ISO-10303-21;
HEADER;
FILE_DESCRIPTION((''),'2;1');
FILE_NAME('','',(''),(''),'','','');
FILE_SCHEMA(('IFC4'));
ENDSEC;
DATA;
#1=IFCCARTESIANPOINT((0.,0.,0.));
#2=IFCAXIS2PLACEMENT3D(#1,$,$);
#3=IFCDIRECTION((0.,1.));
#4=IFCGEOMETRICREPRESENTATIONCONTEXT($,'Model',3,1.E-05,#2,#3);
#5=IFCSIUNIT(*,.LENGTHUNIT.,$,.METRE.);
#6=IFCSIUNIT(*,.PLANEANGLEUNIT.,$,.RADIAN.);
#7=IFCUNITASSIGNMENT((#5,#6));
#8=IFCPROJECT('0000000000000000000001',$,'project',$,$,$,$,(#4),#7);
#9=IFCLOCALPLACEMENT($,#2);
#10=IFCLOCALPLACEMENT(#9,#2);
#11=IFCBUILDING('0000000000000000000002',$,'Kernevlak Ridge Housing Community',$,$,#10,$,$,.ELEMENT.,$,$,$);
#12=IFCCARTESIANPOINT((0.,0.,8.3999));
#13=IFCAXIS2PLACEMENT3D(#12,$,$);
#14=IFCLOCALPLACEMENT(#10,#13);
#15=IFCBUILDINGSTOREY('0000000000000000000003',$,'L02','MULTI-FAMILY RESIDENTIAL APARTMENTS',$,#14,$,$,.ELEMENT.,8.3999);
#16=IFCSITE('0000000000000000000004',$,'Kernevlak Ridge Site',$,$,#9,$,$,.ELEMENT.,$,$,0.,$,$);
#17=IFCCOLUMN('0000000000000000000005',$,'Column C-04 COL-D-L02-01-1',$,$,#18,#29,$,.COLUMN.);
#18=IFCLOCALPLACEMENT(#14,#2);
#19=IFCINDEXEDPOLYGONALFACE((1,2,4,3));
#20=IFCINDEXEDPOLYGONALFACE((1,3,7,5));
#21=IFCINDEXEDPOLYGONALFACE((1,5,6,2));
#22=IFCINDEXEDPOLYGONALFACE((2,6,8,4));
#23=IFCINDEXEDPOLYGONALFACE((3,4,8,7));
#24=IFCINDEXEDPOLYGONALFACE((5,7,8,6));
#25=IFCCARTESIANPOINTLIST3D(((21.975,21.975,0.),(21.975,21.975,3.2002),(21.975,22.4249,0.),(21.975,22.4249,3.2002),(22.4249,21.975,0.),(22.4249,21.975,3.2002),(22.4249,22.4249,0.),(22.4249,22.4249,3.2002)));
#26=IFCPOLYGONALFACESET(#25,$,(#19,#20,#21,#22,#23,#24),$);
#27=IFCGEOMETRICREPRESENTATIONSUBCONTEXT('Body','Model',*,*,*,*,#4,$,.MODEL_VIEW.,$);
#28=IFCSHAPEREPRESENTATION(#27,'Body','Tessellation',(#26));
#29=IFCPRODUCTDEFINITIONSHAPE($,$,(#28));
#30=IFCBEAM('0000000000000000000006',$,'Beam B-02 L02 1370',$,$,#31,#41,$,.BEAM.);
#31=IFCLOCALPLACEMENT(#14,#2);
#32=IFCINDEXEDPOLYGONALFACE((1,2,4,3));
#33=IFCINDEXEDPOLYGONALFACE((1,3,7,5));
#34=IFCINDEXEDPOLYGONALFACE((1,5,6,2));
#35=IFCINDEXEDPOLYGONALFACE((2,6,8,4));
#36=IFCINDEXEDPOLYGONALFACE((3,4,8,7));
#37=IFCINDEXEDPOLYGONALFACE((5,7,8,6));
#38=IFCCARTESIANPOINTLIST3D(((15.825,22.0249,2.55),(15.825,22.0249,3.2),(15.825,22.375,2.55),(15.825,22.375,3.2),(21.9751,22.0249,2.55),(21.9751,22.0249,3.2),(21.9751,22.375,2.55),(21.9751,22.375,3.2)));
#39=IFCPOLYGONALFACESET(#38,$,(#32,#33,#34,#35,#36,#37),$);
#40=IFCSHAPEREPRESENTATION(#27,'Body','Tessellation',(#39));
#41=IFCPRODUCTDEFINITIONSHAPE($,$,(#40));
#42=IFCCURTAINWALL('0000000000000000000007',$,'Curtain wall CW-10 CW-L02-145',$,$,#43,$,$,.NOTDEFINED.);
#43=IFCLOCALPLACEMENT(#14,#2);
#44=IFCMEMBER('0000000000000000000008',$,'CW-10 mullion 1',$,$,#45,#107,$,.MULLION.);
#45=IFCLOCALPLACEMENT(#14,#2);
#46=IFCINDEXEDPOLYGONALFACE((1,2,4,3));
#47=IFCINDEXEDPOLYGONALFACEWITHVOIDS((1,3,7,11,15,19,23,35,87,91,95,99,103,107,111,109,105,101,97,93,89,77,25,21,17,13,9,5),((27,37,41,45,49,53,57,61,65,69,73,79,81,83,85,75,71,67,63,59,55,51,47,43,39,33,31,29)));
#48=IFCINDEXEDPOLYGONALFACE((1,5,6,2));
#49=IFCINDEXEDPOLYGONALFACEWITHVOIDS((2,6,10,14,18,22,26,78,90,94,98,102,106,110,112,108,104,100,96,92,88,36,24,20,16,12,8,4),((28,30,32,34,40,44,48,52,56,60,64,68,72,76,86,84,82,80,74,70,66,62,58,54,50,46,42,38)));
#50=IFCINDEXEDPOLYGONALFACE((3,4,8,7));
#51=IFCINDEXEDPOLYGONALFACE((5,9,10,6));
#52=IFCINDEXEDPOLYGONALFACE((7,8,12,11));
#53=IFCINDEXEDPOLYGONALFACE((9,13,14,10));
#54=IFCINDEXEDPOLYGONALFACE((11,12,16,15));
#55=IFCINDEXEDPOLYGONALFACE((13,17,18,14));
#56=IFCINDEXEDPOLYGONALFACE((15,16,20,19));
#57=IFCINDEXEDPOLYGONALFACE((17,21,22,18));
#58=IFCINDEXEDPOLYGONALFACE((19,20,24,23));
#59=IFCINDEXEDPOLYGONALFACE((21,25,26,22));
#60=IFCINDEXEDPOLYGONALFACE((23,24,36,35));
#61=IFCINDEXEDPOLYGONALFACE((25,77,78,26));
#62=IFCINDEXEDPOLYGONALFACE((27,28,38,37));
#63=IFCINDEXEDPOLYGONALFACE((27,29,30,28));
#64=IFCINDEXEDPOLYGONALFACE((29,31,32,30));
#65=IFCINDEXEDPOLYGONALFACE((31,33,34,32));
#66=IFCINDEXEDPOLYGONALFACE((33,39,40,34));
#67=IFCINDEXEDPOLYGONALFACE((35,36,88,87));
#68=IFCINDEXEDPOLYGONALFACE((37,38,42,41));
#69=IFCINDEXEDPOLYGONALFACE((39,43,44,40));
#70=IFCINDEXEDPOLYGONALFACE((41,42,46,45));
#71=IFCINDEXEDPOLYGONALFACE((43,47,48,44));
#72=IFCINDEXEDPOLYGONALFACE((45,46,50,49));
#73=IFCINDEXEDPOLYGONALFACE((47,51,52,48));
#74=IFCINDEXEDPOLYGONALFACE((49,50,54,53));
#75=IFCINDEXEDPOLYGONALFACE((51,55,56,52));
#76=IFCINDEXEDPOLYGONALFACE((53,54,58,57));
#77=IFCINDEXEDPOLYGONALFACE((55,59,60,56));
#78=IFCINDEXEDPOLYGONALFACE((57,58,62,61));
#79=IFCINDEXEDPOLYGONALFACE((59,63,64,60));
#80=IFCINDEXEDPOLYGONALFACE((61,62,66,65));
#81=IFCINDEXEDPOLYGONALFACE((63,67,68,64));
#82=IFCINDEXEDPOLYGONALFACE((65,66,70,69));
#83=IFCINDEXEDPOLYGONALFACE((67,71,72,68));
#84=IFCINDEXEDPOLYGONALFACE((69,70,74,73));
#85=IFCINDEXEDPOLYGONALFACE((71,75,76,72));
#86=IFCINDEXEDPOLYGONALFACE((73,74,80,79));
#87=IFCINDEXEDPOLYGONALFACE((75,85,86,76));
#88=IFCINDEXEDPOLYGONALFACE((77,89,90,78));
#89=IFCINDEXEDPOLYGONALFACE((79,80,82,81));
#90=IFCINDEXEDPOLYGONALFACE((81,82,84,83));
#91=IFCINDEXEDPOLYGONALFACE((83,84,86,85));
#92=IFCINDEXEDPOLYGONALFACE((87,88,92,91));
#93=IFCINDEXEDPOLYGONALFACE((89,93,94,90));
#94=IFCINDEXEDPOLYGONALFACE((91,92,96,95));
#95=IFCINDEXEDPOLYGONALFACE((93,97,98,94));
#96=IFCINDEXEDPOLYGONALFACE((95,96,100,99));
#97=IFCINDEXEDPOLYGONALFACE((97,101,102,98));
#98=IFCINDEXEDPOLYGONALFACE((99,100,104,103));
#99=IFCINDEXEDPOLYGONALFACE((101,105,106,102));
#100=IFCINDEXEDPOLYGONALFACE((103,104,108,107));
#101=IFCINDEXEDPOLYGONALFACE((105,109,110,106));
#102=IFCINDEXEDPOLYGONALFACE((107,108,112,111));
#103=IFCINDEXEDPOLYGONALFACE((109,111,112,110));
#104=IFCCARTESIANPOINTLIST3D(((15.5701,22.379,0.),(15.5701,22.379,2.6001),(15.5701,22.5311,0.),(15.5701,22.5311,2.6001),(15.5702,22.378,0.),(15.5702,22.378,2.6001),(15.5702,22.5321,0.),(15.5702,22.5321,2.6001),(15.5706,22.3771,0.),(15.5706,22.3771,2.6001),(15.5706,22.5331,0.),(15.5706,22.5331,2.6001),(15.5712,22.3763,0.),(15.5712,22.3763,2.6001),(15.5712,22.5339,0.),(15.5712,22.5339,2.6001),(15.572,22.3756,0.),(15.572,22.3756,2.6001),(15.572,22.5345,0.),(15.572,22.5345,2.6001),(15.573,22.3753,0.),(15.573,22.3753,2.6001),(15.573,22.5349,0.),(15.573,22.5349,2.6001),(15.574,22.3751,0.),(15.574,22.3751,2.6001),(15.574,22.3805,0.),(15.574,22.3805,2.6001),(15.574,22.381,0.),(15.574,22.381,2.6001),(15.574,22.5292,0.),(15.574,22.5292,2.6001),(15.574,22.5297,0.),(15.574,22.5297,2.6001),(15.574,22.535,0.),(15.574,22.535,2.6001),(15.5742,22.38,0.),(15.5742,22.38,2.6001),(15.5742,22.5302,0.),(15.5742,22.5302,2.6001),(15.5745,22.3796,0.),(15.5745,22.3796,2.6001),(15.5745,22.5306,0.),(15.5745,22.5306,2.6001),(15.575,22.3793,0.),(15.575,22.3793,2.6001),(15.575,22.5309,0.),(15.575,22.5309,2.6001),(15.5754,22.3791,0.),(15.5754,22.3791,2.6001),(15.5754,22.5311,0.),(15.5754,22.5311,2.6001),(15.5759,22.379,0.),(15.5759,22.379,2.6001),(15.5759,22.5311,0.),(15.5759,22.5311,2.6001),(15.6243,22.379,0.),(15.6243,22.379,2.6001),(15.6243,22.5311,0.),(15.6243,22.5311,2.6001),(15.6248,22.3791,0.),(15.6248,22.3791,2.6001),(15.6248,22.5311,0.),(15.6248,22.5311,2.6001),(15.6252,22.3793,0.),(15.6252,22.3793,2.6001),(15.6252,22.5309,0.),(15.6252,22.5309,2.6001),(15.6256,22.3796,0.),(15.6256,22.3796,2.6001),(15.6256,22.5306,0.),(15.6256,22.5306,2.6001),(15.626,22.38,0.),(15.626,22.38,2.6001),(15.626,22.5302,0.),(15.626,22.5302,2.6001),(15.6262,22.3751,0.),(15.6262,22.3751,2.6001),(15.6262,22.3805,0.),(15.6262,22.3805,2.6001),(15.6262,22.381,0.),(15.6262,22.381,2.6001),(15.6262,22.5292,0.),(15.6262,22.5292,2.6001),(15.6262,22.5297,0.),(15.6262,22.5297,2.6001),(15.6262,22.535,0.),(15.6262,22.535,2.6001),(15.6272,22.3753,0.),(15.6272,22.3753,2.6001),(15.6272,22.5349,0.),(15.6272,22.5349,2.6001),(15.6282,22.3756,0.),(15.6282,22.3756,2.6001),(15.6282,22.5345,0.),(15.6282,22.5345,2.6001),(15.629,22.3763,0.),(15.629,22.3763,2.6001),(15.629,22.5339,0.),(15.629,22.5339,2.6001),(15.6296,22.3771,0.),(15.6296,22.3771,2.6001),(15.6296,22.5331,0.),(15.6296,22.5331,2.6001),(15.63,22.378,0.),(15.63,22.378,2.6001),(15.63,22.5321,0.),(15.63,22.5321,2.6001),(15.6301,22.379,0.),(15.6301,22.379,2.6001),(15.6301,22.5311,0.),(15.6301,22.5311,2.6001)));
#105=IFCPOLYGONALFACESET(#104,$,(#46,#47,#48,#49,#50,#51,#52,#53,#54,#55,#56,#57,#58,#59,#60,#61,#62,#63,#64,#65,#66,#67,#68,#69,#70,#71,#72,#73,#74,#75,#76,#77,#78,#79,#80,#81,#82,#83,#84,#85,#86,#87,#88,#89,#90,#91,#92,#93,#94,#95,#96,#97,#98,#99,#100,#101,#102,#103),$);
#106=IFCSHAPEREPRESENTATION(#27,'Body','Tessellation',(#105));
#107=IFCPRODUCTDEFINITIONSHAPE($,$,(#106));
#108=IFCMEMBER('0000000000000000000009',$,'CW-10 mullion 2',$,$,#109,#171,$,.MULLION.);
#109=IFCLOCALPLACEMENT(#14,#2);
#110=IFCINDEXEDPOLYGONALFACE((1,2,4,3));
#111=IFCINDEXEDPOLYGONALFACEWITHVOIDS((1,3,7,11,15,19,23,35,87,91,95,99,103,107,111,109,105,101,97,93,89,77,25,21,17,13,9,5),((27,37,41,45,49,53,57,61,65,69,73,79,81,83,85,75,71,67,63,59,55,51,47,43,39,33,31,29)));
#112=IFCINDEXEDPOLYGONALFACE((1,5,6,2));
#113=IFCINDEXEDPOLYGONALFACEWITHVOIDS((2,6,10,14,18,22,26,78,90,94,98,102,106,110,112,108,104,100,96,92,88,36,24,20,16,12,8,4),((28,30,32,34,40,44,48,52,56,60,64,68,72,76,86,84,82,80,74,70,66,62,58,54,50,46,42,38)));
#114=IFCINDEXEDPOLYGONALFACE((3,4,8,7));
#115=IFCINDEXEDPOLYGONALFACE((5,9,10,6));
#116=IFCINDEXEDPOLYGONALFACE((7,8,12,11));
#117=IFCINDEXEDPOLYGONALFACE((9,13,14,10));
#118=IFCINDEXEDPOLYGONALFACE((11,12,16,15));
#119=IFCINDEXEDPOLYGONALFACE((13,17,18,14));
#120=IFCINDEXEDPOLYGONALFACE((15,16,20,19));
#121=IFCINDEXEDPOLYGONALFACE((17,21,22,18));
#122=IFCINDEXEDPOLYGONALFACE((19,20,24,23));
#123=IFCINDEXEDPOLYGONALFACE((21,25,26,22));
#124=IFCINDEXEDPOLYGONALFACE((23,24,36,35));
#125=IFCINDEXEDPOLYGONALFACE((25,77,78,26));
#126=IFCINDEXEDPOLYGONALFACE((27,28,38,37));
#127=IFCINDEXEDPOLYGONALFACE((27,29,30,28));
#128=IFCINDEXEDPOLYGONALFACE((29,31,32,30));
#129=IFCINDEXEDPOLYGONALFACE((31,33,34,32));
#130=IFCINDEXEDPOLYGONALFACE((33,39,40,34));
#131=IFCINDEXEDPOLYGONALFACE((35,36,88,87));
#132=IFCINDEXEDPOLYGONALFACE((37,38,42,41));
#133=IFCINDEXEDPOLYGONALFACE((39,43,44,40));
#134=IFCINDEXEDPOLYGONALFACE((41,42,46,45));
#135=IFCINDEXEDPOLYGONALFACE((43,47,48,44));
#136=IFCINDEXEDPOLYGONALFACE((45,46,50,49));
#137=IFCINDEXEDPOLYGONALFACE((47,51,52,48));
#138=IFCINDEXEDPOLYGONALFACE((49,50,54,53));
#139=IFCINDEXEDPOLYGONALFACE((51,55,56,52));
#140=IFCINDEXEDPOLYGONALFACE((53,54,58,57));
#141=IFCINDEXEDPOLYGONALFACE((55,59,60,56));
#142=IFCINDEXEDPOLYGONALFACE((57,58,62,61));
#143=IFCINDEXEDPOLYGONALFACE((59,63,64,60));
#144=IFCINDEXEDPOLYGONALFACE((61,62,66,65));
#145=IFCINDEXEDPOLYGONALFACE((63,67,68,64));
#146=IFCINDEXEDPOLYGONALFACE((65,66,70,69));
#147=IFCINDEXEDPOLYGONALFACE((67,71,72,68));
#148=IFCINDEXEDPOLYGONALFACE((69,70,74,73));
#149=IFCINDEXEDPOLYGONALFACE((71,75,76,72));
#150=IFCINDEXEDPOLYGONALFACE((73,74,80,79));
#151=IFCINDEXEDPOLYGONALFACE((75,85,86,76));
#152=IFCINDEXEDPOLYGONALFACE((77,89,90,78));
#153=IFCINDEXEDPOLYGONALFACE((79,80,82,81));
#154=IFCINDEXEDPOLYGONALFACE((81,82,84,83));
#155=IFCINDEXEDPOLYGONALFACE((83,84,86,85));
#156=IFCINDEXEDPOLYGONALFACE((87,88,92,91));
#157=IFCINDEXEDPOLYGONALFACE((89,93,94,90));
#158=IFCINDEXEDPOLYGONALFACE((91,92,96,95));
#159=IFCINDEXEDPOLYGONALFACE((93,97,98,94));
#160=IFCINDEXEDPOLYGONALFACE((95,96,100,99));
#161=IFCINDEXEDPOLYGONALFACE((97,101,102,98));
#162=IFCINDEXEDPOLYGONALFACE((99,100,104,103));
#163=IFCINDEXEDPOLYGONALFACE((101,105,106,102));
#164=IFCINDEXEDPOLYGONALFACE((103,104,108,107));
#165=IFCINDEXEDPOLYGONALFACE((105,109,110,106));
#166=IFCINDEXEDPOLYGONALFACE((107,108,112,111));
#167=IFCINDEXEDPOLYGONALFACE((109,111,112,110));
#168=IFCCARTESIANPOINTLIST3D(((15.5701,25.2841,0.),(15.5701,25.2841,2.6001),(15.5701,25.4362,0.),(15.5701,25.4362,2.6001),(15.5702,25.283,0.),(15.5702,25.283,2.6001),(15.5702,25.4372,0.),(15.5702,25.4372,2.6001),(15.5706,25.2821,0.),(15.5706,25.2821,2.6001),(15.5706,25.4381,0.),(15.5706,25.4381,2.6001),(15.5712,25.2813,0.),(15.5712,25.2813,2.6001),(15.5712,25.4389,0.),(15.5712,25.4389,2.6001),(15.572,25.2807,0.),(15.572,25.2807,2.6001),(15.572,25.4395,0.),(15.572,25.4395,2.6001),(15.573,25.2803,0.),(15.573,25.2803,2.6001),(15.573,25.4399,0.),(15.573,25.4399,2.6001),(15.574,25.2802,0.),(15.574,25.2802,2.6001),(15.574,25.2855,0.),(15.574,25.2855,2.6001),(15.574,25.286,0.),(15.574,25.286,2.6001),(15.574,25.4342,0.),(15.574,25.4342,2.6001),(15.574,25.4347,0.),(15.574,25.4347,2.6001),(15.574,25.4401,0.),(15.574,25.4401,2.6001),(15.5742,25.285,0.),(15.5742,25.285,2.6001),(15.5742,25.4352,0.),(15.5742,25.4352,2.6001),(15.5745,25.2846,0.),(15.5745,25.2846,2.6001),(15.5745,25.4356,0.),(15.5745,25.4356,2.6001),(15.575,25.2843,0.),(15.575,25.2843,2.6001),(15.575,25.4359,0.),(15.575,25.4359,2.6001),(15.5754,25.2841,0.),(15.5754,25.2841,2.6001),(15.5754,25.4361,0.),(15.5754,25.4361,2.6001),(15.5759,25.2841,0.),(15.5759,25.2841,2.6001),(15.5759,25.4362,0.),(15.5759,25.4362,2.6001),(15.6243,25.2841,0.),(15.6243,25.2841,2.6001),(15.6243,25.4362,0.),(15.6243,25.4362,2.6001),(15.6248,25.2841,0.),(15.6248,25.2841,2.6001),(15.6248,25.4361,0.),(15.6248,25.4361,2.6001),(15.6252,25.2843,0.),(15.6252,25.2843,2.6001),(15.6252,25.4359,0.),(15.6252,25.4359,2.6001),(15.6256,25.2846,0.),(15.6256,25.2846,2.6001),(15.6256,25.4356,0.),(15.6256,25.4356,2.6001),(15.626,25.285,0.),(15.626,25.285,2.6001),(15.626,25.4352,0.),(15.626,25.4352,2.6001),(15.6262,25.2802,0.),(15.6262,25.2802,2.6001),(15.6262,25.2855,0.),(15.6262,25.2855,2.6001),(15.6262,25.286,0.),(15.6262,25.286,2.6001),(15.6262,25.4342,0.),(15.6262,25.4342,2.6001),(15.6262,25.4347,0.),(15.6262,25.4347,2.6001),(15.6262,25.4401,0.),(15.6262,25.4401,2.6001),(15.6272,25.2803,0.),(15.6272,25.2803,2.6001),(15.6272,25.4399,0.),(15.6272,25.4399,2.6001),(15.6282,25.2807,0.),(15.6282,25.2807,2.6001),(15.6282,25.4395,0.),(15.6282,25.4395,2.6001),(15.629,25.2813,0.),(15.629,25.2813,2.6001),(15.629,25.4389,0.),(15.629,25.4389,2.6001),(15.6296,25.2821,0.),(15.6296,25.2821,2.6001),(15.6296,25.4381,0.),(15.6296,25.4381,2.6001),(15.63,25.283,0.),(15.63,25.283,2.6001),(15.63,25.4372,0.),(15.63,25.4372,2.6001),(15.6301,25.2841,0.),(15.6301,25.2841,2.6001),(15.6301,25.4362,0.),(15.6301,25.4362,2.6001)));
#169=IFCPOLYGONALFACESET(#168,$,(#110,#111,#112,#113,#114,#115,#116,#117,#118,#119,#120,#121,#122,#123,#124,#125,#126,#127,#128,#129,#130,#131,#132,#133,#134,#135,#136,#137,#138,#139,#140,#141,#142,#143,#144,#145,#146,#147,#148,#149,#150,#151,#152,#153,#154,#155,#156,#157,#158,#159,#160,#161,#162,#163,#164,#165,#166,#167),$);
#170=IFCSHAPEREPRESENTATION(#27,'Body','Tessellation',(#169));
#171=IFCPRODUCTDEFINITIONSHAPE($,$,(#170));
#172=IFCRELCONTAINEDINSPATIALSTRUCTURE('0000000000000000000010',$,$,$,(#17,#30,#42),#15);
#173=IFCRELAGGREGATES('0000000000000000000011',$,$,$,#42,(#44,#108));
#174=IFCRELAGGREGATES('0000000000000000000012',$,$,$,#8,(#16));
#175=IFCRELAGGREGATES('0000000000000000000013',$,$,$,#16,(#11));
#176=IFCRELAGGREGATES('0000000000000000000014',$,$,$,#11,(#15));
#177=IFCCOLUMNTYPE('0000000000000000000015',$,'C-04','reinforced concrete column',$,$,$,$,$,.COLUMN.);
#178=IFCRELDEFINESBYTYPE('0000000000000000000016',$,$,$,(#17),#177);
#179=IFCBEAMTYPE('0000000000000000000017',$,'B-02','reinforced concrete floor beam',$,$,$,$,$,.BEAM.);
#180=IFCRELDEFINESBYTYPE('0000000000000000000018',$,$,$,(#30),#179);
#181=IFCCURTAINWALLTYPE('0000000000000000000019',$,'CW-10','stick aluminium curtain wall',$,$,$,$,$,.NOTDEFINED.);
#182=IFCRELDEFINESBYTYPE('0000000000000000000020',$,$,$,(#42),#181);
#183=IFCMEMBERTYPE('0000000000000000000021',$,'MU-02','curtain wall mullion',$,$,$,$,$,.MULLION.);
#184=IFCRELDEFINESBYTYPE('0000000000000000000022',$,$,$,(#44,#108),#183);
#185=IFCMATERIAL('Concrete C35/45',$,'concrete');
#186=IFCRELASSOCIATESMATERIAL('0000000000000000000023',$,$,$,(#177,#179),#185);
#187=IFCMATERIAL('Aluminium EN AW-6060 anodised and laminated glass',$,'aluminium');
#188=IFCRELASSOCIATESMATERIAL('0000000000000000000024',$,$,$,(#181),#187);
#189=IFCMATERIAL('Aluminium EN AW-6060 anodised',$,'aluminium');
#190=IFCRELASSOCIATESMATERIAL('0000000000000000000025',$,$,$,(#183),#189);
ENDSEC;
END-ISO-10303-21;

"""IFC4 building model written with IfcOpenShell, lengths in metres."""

from ifc_helpers import new_model, si_unit, direction, frame, origin, origin_2d, place, context, subcontext, project, spatial, rectangle, hollow_rectangle, extrude, material, material_profile, profile_set, type_object, element, aggregate, save


model = new_model("IFC4")

# Units and contexts
model_context = context("Model", 3, precision=1e-05, world=origin(), true_north=direction((0.0, 1.0)))
body_context = subcontext(model_context, "Body", "Model", "MODEL_VIEW")
ifc_project = project(units=[si_unit("LENGTHUNIT", "METRE"), si_unit("PLANEANGLEUNIT", "RADIAN")], contexts=[model_context])

# Site, building, storey
site_placement = place(None, origin())
site = spatial("IfcSite", under=ifc_project, at=site_placement, Name="Kernevlak Ridge Site", CompositionType="ELEMENT", RefElevation=0.0)
building_placement = place(site_placement, origin())
building = spatial("IfcBuilding", under=site, at=building_placement, Name="Kernevlak Ridge Housing Community", CompositionType="ELEMENT")
storey_placement = place(building_placement, frame((0.0, 0.0, 8.3999)))
storey = spatial("IfcBuildingStorey", under=building, at=storey_placement, Name="L02", Description="MULTI-FAMILY RESIDENTIAL APARTMENTS", CompositionType="ELEMENT", Elevation=8.3999)

# Column
ifc_material_1 = material(Name="Concrete C35/45", Category="concrete")
ifc_material_profile_1 = material_profile(ifc_material_1, rectangle(XDim=0.45, YDim=0.45, at=origin_2d()), Name="RC 450x450")
ifc_profile_set_1 = profile_set([ifc_material_profile_1], Name="Concrete C35/45")
column_type = type_object("IfcColumnType", Name="C-04", Description="reinforced concrete column", PredefinedType="COLUMN", material=ifc_profile_set_1)
column_placement = place(storey_placement, frame((22.2, 22.2, 0.0), z_axis=(0.0, 0.0, 1.0), x_axis=(1.0, 0.0, 0.0)))
element("IfcColumn", 1, at=column_placement, inside=storey, type_object=column_type, Name="Column C-04 COL-D-L02-01-1", PredefinedType="COLUMN", context=body_context, shape_type="SweptSolid", body=[
    extrude(rectangle(XDim=0.45, YDim=0.45, at=origin_2d()), origin(), (0.0, 0.0, 1.0), 3.2002),
])

# Beam
ifc_material_profile_2 = material_profile(ifc_material_1, rectangle(XDim=0.3501, YDim=0.6499, at=origin_2d()), Name="RC 350x650")
ifc_profile_set_2 = profile_set([ifc_material_profile_2], Name="Concrete C35/45")
beam_type_1 = type_object("IfcBeamType", Name="B-02", Description="reinforced concrete floor beam", PredefinedType="BEAM", material=ifc_profile_set_2)
beam_1_placement = place(storey_placement, frame((15.825, 22.2, 2.875), z_axis=(1.0, 0.0, 0.0), x_axis=(0.0, 1.0, 0.0)))
element("IfcBeam", 2, at=beam_1_placement, inside=storey, type_object=beam_type_1, Name="Beam B-02 L02 1370", PredefinedType="BEAM", context=body_context, shape_type="SweptSolid", body=[
    extrude(rectangle(XDim=0.3501, YDim=0.6499, at=origin_2d()), origin(), (0.0, 0.0, 1.0), 6.1501),
])

# Curtain wall, members
ifc_material_2 = material(Name="Aluminium EN AW-6060 anodised and laminated glass", Category="aluminium")
curtain_wall_type_1 = type_object("IfcCurtainWallType", Name="CW-10", Description="stick aluminium curtain wall", PredefinedType="NOTDEFINED", material=ifc_material_2)
curtain_wall_1_placement = place(storey_placement, origin())
curtain_wall_1 = element("IfcCurtainWall", 3, at=curtain_wall_1_placement, inside=storey, type_object=curtain_wall_type_1, Name="Curtain wall CW-10 CW-L02-145", PredefinedType="NOTDEFINED")
ifc_material_3 = material(Name="Aluminium EN AW-6060 anodised", Category="aluminium")
ifc_material_profile_3 = material_profile(ifc_material_3, hollow_rectangle(XDim=0.0601, YDim=0.1599, WallThickness=0.0039, InnerFilletRadius=0.002, OuterFilletRadius=0.0039, at=origin_2d()), Name="ALU 60x160x4")
ifc_profile_set_3 = profile_set([ifc_material_profile_3], Name="Aluminium EN AW-6060 anodised")
member_type_1 = type_object("IfcMemberType", Name="MU-02", Description="curtain wall mullion", PredefinedType="MULLION", material=ifc_profile_set_3)
member_1_placement = place(storey_placement, frame((15.6001, 22.4551, 0.0), z_axis=(0.0, 0.0, 1.0), x_axis=(-1.0, 0.0, 0.0)))
member_1 = element("IfcMember", 4, at=member_1_placement, type_object=member_type_1, Name="CW-10 mullion 1", PredefinedType="MULLION", context=body_context, shape_type="SweptSolid", body=[
    extrude(hollow_rectangle(XDim=0.0601, YDim=0.1599, WallThickness=0.0039, InnerFilletRadius=0.002, OuterFilletRadius=0.0039, at=origin_2d()), origin(), (0.0, 0.0, 1.0), 2.6001),
])
member_2_placement = place(storey_placement, frame((15.6001, 25.3601, 0.0), z_axis=(0.0, 0.0, 1.0), x_axis=(-1.0, 0.0, 0.0)))
member_2 = element("IfcMember", 5, at=member_2_placement, type_object=member_type_1, Name="CW-10 mullion 2", PredefinedType="MULLION", context=body_context, shape_type="SweptSolid", body=[
    extrude(hollow_rectangle(XDim=0.0601, YDim=0.1599, WallThickness=0.0039, InnerFilletRadius=0.002, OuterFilletRadius=0.0039, at=origin_2d()), origin(), (0.0, 0.0, 1.0), 2.6001),
])

aggregate(curtain_wall_1, [member_1, member_2])

save(model, "model.ifc")
